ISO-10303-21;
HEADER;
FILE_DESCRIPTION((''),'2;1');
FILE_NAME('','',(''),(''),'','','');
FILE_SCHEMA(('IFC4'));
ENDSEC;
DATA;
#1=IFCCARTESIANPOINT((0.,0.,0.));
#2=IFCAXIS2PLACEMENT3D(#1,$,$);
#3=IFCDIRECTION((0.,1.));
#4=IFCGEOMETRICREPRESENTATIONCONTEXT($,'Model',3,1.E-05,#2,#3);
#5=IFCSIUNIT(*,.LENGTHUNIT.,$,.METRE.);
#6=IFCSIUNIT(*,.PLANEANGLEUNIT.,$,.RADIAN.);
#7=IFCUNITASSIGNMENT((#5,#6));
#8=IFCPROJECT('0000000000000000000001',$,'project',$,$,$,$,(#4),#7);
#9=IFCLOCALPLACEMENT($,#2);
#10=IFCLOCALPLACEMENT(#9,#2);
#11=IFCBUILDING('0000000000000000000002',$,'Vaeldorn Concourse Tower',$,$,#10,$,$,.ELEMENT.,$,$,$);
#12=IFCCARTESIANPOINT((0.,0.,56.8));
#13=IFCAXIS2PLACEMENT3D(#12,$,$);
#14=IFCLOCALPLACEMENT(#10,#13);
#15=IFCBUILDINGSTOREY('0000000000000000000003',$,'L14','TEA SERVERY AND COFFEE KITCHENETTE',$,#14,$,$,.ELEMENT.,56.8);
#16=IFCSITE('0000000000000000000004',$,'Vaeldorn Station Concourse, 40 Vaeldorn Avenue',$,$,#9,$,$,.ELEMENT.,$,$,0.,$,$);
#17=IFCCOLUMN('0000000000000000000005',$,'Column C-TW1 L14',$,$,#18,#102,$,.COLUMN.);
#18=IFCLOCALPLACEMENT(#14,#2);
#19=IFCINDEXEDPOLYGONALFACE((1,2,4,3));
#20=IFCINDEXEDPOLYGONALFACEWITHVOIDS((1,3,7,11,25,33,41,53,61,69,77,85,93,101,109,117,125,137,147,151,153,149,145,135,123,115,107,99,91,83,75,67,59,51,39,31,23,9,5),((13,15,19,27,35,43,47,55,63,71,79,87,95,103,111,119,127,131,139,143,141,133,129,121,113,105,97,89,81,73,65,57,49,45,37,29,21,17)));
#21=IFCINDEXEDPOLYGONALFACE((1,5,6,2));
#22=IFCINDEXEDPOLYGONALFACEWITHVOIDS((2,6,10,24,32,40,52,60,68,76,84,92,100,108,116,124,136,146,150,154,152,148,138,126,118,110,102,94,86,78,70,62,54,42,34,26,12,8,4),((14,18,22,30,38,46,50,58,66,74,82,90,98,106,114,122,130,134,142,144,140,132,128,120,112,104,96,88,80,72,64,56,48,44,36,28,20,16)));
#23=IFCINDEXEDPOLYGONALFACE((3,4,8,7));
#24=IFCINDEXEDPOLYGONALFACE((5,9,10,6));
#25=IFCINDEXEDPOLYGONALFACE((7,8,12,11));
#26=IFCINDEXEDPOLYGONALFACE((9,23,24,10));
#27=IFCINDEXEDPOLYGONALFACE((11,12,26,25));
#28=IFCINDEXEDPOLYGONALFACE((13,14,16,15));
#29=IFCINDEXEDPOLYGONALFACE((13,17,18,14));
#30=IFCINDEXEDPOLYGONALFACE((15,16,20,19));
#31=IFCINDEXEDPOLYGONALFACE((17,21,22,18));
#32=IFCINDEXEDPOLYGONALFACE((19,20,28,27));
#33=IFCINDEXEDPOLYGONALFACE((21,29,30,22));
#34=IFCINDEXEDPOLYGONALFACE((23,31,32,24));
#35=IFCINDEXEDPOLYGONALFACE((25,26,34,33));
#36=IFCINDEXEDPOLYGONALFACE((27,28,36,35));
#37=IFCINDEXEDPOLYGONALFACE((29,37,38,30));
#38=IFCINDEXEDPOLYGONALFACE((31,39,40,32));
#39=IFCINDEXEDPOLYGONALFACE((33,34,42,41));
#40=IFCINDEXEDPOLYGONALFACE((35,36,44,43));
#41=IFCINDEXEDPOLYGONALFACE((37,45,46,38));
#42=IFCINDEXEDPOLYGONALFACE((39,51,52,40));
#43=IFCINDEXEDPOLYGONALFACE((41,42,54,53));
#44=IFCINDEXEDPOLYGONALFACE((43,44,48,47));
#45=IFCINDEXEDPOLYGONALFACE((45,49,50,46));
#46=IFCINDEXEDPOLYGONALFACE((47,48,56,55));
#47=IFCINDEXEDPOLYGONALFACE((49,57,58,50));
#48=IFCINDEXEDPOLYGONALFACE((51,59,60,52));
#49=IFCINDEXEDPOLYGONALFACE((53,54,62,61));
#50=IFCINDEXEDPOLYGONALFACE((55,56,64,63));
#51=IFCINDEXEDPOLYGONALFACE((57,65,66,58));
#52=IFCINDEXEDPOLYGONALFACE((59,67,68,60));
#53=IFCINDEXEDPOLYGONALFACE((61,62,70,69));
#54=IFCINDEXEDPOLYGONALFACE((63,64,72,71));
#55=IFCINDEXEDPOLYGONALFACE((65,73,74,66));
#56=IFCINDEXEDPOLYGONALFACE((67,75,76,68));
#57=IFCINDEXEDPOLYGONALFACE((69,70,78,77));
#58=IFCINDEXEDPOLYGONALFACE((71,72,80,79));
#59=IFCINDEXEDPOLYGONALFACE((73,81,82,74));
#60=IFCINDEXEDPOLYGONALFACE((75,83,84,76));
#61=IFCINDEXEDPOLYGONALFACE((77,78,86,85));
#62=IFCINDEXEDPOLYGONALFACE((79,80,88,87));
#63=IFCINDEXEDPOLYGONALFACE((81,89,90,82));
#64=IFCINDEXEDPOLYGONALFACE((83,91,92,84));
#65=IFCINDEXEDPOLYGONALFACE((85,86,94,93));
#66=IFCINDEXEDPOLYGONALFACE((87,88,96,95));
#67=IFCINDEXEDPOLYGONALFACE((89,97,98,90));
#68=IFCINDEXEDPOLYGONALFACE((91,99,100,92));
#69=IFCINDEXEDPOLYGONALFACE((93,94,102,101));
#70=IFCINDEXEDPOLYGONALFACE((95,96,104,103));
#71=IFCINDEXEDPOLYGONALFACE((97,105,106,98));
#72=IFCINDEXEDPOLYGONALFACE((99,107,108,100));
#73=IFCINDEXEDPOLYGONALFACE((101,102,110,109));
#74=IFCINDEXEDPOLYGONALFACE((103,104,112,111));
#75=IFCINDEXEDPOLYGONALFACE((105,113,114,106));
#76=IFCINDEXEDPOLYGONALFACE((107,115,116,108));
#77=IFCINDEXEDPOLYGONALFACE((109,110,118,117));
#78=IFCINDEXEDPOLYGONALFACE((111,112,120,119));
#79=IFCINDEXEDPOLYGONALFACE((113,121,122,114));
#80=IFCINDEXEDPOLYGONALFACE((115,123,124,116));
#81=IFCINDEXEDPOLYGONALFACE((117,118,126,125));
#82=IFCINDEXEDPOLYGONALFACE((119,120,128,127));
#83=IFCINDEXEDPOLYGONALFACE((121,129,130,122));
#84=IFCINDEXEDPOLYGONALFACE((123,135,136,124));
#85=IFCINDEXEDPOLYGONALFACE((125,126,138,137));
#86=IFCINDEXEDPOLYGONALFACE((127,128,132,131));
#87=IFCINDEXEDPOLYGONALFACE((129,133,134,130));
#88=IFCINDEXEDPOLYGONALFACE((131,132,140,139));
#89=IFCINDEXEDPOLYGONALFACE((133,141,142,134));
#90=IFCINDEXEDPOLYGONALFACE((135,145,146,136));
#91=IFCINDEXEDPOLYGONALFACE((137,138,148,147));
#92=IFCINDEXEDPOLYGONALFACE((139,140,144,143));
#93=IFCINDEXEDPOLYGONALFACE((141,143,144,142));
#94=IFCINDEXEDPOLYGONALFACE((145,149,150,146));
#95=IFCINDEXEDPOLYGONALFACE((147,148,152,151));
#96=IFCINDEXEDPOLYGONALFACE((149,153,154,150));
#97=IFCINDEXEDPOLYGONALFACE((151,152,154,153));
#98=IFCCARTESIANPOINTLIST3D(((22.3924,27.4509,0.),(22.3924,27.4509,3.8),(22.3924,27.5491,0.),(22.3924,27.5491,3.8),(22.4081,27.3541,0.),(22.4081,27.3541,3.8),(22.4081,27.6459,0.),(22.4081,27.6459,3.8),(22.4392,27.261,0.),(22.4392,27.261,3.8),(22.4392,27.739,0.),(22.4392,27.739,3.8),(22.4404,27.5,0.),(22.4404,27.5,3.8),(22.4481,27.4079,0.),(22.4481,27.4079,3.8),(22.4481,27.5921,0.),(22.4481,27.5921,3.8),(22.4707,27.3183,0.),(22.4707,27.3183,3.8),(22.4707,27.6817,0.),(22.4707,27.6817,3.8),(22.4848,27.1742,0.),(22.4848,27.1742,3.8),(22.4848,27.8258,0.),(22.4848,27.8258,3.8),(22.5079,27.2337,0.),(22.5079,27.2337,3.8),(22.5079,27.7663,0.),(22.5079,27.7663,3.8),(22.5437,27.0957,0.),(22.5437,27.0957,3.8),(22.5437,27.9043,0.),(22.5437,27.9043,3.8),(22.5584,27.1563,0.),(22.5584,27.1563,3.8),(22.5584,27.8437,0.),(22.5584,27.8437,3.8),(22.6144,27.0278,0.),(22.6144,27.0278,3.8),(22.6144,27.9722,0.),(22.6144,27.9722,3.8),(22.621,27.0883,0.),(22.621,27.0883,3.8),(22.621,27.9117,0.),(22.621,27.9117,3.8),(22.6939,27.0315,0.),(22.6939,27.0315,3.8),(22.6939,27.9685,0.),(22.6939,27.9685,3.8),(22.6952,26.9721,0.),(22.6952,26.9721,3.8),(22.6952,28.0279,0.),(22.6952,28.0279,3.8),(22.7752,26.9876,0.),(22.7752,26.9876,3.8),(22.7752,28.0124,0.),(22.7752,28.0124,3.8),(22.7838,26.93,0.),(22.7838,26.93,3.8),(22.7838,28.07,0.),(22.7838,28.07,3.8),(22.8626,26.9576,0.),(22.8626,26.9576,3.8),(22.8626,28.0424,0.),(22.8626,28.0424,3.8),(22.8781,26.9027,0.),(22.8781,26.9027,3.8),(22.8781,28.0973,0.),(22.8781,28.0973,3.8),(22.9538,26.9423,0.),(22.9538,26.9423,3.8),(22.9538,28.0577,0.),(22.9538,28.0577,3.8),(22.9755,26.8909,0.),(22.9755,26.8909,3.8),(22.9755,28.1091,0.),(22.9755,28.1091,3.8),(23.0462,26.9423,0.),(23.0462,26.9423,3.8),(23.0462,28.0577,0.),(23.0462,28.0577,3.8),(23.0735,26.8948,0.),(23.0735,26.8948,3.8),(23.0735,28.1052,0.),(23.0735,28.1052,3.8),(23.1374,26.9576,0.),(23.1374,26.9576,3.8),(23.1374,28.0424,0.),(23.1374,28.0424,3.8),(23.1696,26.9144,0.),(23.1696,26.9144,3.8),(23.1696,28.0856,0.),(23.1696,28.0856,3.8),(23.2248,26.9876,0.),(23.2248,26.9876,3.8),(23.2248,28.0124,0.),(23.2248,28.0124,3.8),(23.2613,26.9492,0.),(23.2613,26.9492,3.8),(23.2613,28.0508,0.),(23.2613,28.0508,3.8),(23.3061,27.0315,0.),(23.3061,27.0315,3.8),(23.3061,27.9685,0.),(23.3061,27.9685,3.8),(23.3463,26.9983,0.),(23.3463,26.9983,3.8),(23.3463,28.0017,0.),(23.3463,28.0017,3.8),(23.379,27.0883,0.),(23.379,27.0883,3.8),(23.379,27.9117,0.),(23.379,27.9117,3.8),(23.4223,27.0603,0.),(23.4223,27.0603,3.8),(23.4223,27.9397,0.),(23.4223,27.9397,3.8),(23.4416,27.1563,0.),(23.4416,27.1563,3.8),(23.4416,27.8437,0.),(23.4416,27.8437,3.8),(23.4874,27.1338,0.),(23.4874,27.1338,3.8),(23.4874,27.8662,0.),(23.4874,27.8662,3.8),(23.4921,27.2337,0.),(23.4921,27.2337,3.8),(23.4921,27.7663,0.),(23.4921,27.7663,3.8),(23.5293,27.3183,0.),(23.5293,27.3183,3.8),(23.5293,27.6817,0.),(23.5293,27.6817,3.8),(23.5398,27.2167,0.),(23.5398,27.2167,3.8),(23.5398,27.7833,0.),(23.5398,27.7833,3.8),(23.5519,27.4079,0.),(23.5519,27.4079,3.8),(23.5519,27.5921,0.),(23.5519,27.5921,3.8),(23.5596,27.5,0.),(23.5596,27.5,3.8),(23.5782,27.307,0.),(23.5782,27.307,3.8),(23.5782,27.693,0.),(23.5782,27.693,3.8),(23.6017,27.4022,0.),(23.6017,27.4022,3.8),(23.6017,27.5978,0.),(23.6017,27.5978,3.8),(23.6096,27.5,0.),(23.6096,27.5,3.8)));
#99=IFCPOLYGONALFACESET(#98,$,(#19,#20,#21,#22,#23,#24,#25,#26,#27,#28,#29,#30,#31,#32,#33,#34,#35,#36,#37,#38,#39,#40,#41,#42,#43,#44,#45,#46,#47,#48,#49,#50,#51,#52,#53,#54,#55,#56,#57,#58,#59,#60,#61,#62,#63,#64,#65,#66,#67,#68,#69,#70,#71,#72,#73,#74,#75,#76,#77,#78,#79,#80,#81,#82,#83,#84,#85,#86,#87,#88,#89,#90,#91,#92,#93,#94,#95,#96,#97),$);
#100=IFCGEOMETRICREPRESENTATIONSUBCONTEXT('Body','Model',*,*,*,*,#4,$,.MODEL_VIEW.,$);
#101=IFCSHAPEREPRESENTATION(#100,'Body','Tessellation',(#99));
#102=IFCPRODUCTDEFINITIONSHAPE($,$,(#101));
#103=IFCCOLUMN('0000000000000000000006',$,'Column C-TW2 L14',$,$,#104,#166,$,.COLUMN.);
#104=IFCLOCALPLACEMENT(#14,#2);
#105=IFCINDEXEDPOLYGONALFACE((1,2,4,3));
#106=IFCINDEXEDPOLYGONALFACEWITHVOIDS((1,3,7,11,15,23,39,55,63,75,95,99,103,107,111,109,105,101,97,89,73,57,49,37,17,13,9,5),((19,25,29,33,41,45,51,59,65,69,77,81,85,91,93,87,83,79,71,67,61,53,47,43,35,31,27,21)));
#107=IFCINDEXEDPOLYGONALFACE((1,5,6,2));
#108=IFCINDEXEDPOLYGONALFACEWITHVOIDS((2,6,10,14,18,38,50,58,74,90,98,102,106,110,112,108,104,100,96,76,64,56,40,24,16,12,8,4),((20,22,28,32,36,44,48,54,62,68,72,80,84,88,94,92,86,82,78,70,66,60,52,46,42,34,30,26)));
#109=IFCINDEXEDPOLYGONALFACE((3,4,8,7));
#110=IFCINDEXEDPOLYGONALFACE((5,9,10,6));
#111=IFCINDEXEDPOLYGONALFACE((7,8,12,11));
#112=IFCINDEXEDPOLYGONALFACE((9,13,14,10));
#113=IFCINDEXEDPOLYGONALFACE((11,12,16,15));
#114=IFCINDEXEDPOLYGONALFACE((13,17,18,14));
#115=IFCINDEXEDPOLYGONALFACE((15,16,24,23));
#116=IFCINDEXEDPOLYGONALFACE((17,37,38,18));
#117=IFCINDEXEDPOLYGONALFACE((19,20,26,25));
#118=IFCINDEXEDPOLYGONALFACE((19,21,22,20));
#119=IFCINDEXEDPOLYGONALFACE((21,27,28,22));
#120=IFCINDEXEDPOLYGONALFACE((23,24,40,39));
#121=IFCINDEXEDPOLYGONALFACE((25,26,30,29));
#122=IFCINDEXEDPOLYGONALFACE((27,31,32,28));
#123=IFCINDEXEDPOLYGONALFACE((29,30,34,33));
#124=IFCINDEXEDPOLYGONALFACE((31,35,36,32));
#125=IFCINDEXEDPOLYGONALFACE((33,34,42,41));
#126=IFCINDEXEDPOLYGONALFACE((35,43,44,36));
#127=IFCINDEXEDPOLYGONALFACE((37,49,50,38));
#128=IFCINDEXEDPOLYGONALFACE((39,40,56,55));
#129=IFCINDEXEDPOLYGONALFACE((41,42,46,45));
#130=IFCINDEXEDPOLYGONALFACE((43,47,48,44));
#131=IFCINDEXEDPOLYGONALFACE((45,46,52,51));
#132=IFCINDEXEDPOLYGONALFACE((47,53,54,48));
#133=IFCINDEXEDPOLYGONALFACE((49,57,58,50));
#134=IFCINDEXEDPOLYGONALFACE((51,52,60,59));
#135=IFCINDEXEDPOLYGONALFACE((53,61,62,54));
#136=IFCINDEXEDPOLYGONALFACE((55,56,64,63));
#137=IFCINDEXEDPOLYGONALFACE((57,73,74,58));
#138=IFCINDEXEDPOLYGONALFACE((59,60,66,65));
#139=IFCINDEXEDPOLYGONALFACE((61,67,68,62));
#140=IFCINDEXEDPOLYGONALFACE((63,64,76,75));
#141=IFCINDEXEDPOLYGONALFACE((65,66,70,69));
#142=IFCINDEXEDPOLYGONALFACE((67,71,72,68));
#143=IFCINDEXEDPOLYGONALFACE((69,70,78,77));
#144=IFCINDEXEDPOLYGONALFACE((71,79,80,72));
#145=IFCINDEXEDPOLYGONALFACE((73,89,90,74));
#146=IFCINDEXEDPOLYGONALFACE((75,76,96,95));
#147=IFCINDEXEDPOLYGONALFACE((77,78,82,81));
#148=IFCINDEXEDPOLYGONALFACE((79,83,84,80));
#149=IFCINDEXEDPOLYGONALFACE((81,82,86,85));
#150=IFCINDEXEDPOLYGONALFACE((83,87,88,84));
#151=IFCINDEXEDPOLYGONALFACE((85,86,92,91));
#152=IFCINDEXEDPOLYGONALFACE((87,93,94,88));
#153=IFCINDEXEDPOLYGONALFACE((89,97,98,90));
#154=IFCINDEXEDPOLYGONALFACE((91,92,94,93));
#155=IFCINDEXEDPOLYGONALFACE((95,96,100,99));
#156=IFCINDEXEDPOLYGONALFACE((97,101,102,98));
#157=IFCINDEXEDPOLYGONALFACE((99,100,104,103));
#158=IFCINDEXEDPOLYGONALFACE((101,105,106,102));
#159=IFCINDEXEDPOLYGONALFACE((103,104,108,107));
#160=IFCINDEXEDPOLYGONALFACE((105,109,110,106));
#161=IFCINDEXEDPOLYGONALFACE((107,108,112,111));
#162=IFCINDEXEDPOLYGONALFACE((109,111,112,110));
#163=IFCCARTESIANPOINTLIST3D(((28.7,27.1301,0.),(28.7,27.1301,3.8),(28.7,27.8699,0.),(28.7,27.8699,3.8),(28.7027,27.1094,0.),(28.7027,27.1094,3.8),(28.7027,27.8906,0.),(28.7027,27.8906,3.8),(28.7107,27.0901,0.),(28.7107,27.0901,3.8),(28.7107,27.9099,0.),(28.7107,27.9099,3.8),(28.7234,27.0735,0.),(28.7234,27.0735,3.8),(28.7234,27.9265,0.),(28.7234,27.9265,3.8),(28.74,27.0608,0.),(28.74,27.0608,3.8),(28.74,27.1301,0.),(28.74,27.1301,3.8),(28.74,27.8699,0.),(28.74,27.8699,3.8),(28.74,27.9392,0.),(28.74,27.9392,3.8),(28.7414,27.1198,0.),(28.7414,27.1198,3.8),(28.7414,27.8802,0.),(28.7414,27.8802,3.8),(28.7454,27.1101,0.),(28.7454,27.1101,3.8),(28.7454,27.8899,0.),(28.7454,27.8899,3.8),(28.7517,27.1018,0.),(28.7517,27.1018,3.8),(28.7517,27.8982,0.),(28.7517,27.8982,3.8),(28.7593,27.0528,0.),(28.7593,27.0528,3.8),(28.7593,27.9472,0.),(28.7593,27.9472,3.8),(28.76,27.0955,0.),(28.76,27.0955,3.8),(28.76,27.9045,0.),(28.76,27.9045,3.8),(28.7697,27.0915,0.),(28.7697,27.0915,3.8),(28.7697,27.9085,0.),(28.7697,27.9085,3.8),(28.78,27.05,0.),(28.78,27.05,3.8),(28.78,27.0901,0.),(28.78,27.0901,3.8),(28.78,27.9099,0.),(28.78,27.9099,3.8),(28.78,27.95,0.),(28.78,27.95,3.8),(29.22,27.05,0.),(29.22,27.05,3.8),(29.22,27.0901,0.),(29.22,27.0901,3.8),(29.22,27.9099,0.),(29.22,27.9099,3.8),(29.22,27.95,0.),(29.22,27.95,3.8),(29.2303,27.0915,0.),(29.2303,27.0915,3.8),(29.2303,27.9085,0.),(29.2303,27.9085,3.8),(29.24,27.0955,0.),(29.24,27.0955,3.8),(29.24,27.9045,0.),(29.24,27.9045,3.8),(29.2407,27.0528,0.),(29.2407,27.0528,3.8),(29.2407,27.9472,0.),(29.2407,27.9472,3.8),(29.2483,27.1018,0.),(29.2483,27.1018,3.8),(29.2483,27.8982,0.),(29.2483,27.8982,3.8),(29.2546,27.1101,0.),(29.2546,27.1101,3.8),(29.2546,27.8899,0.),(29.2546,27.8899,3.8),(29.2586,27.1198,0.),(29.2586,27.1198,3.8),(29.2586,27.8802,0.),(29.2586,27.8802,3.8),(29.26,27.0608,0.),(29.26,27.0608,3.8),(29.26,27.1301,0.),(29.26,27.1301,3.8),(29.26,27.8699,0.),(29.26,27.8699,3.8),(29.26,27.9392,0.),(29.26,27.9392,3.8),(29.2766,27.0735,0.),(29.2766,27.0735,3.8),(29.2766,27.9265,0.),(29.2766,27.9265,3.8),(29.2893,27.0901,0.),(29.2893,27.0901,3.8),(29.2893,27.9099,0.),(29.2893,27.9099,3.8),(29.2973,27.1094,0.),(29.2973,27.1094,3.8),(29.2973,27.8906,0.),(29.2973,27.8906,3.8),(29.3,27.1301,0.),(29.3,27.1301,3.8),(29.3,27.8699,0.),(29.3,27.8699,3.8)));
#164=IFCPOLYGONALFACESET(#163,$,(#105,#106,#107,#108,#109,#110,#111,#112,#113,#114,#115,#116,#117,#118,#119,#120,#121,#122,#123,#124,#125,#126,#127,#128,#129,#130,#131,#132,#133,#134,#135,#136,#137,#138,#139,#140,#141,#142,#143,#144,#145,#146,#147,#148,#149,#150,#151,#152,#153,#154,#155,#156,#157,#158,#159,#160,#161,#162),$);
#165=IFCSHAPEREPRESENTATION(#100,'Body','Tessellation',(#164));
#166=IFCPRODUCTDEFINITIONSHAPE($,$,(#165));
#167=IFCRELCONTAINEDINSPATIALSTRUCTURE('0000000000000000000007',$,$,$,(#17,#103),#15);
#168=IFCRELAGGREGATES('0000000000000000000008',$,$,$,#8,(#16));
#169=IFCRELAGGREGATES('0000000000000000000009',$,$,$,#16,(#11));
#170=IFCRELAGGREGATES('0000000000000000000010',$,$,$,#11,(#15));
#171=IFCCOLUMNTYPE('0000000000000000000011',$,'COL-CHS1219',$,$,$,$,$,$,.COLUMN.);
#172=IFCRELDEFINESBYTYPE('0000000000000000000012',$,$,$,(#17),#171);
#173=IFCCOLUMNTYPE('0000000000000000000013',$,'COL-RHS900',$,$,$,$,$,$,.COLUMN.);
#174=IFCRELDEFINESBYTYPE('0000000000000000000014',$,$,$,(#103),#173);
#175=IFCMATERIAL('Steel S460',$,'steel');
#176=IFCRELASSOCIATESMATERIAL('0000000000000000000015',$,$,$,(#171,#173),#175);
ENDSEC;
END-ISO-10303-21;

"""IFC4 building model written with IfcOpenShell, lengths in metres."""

from ifc_helpers import new_model, si_unit, direction, frame, origin, origin_2d, place, context, subcontext, project, spatial, hollow_rectangle, hollow_circle, extrude, source, transform, mapped, material, material_profile, profile_set, type_object, element, save


model = new_model("IFC4")

# Units and contexts
model_context = context("Model", 3, precision=1e-05, world=origin(), true_north=direction((0.0, 1.0)))
body_context = subcontext(model_context, "Body", "Model", "MODEL_VIEW")
ifc_project = project(units=[si_unit("LENGTHUNIT", "METRE"), si_unit("PLANEANGLEUNIT", "RADIAN")], contexts=[model_context])

# Site, building, storey
site_placement = place(None, origin())
site = spatial("IfcSite", under=ifc_project, at=site_placement, Name="Vaeldorn Station Concourse, 40 Vaeldorn Avenue", CompositionType="ELEMENT", RefElevation=0.0)
building_placement = place(site_placement, origin())
building = spatial("IfcBuilding", under=site, at=building_placement, Name="Vaeldorn Concourse Tower", CompositionType="ELEMENT")
storey_placement = place(building_placement, frame((0.0, 0.0, 56.8)))
storey = spatial("IfcBuildingStorey", under=building, at=storey_placement, Name="L14", Description="TEA SERVERY AND COFFEE KITCHENETTE", CompositionType="ELEMENT", Elevation=56.8)

# Columns
ifc_material_1 = material(Name="Steel S460", Category="steel")
ifc_material_profile_1 = material_profile(ifc_material_1, hollow_circle(Radius=0.6096, WallThickness=0.05, at=origin_2d()), Name="CHS 1219x50")
ifc_profile_set_1 = profile_set([ifc_material_profile_1], Name="Steel S460")
column_type_1 = type_object("IfcColumnType", Name="COL-CHS1219", PredefinedType="COLUMN", material=ifc_profile_set_1)
shared_shape_1 = source(origin(), body_context, "Body", "SweptSolid", [
    extrude(hollow_circle(Radius=0.6096, WallThickness=0.05, at=origin_2d()), origin(), (0.0, 0.0, 1.0), 3.8),
])
column_1_placement = place(storey_placement, frame((23.0, 27.5, 0.0), z_axis=(0.0, 0.0, 1.0), x_axis=(1.0, 0.0, 0.0)))
element("IfcColumn", 1, at=column_1_placement, inside=storey, type_object=column_type_1, Name="Column C-TW1 L14", PredefinedType="COLUMN", context=body_context, shape_type="MappedRepresentation", body=[
    mapped(shared_shape_1, transform((0.0, 0.0, 0.0), scale=1.0)),
])
ifc_material_profile_2 = material_profile(ifc_material_1, hollow_rectangle(XDim=0.6001, YDim=0.8999, WallThickness=0.04, InnerFilletRadius=0.04, OuterFilletRadius=0.0801, at=origin_2d()), Name="RHS 900x600x40")
ifc_profile_set_2 = profile_set([ifc_material_profile_2], Name="Steel S460")
column_type_2 = type_object("IfcColumnType", Name="COL-RHS900", PredefinedType="COLUMN", material=ifc_profile_set_2)
shared_shape_2 = source(origin(), body_context, "Body", "SweptSolid", [
    extrude(hollow_rectangle(XDim=0.6001, YDim=0.8999, WallThickness=0.04, InnerFilletRadius=0.04, OuterFilletRadius=0.0801, at=origin_2d()), origin(), (0.0, 0.0, 1.0), 3.8),
])
for number, where, z_axis, x_axis, name in (
    (2, (29.0, 27.5, 0.0), (0.0, 0.0, 1.0), (1.0, 0.0, 0.0), "Column C-TW2 L14"),
):
    element("IfcColumn", number, at=place(storey_placement, frame(where, z_axis=z_axis, x_axis=x_axis)), inside=storey, type_object=column_type_2, Name=name, PredefinedType="COLUMN", context=body_context, shape_type="MappedRepresentation", body=[
        mapped(shared_shape_2, transform((0.0, 0.0, 0.0), scale=1.0)),
    ])

save(model, "model.ifc")
